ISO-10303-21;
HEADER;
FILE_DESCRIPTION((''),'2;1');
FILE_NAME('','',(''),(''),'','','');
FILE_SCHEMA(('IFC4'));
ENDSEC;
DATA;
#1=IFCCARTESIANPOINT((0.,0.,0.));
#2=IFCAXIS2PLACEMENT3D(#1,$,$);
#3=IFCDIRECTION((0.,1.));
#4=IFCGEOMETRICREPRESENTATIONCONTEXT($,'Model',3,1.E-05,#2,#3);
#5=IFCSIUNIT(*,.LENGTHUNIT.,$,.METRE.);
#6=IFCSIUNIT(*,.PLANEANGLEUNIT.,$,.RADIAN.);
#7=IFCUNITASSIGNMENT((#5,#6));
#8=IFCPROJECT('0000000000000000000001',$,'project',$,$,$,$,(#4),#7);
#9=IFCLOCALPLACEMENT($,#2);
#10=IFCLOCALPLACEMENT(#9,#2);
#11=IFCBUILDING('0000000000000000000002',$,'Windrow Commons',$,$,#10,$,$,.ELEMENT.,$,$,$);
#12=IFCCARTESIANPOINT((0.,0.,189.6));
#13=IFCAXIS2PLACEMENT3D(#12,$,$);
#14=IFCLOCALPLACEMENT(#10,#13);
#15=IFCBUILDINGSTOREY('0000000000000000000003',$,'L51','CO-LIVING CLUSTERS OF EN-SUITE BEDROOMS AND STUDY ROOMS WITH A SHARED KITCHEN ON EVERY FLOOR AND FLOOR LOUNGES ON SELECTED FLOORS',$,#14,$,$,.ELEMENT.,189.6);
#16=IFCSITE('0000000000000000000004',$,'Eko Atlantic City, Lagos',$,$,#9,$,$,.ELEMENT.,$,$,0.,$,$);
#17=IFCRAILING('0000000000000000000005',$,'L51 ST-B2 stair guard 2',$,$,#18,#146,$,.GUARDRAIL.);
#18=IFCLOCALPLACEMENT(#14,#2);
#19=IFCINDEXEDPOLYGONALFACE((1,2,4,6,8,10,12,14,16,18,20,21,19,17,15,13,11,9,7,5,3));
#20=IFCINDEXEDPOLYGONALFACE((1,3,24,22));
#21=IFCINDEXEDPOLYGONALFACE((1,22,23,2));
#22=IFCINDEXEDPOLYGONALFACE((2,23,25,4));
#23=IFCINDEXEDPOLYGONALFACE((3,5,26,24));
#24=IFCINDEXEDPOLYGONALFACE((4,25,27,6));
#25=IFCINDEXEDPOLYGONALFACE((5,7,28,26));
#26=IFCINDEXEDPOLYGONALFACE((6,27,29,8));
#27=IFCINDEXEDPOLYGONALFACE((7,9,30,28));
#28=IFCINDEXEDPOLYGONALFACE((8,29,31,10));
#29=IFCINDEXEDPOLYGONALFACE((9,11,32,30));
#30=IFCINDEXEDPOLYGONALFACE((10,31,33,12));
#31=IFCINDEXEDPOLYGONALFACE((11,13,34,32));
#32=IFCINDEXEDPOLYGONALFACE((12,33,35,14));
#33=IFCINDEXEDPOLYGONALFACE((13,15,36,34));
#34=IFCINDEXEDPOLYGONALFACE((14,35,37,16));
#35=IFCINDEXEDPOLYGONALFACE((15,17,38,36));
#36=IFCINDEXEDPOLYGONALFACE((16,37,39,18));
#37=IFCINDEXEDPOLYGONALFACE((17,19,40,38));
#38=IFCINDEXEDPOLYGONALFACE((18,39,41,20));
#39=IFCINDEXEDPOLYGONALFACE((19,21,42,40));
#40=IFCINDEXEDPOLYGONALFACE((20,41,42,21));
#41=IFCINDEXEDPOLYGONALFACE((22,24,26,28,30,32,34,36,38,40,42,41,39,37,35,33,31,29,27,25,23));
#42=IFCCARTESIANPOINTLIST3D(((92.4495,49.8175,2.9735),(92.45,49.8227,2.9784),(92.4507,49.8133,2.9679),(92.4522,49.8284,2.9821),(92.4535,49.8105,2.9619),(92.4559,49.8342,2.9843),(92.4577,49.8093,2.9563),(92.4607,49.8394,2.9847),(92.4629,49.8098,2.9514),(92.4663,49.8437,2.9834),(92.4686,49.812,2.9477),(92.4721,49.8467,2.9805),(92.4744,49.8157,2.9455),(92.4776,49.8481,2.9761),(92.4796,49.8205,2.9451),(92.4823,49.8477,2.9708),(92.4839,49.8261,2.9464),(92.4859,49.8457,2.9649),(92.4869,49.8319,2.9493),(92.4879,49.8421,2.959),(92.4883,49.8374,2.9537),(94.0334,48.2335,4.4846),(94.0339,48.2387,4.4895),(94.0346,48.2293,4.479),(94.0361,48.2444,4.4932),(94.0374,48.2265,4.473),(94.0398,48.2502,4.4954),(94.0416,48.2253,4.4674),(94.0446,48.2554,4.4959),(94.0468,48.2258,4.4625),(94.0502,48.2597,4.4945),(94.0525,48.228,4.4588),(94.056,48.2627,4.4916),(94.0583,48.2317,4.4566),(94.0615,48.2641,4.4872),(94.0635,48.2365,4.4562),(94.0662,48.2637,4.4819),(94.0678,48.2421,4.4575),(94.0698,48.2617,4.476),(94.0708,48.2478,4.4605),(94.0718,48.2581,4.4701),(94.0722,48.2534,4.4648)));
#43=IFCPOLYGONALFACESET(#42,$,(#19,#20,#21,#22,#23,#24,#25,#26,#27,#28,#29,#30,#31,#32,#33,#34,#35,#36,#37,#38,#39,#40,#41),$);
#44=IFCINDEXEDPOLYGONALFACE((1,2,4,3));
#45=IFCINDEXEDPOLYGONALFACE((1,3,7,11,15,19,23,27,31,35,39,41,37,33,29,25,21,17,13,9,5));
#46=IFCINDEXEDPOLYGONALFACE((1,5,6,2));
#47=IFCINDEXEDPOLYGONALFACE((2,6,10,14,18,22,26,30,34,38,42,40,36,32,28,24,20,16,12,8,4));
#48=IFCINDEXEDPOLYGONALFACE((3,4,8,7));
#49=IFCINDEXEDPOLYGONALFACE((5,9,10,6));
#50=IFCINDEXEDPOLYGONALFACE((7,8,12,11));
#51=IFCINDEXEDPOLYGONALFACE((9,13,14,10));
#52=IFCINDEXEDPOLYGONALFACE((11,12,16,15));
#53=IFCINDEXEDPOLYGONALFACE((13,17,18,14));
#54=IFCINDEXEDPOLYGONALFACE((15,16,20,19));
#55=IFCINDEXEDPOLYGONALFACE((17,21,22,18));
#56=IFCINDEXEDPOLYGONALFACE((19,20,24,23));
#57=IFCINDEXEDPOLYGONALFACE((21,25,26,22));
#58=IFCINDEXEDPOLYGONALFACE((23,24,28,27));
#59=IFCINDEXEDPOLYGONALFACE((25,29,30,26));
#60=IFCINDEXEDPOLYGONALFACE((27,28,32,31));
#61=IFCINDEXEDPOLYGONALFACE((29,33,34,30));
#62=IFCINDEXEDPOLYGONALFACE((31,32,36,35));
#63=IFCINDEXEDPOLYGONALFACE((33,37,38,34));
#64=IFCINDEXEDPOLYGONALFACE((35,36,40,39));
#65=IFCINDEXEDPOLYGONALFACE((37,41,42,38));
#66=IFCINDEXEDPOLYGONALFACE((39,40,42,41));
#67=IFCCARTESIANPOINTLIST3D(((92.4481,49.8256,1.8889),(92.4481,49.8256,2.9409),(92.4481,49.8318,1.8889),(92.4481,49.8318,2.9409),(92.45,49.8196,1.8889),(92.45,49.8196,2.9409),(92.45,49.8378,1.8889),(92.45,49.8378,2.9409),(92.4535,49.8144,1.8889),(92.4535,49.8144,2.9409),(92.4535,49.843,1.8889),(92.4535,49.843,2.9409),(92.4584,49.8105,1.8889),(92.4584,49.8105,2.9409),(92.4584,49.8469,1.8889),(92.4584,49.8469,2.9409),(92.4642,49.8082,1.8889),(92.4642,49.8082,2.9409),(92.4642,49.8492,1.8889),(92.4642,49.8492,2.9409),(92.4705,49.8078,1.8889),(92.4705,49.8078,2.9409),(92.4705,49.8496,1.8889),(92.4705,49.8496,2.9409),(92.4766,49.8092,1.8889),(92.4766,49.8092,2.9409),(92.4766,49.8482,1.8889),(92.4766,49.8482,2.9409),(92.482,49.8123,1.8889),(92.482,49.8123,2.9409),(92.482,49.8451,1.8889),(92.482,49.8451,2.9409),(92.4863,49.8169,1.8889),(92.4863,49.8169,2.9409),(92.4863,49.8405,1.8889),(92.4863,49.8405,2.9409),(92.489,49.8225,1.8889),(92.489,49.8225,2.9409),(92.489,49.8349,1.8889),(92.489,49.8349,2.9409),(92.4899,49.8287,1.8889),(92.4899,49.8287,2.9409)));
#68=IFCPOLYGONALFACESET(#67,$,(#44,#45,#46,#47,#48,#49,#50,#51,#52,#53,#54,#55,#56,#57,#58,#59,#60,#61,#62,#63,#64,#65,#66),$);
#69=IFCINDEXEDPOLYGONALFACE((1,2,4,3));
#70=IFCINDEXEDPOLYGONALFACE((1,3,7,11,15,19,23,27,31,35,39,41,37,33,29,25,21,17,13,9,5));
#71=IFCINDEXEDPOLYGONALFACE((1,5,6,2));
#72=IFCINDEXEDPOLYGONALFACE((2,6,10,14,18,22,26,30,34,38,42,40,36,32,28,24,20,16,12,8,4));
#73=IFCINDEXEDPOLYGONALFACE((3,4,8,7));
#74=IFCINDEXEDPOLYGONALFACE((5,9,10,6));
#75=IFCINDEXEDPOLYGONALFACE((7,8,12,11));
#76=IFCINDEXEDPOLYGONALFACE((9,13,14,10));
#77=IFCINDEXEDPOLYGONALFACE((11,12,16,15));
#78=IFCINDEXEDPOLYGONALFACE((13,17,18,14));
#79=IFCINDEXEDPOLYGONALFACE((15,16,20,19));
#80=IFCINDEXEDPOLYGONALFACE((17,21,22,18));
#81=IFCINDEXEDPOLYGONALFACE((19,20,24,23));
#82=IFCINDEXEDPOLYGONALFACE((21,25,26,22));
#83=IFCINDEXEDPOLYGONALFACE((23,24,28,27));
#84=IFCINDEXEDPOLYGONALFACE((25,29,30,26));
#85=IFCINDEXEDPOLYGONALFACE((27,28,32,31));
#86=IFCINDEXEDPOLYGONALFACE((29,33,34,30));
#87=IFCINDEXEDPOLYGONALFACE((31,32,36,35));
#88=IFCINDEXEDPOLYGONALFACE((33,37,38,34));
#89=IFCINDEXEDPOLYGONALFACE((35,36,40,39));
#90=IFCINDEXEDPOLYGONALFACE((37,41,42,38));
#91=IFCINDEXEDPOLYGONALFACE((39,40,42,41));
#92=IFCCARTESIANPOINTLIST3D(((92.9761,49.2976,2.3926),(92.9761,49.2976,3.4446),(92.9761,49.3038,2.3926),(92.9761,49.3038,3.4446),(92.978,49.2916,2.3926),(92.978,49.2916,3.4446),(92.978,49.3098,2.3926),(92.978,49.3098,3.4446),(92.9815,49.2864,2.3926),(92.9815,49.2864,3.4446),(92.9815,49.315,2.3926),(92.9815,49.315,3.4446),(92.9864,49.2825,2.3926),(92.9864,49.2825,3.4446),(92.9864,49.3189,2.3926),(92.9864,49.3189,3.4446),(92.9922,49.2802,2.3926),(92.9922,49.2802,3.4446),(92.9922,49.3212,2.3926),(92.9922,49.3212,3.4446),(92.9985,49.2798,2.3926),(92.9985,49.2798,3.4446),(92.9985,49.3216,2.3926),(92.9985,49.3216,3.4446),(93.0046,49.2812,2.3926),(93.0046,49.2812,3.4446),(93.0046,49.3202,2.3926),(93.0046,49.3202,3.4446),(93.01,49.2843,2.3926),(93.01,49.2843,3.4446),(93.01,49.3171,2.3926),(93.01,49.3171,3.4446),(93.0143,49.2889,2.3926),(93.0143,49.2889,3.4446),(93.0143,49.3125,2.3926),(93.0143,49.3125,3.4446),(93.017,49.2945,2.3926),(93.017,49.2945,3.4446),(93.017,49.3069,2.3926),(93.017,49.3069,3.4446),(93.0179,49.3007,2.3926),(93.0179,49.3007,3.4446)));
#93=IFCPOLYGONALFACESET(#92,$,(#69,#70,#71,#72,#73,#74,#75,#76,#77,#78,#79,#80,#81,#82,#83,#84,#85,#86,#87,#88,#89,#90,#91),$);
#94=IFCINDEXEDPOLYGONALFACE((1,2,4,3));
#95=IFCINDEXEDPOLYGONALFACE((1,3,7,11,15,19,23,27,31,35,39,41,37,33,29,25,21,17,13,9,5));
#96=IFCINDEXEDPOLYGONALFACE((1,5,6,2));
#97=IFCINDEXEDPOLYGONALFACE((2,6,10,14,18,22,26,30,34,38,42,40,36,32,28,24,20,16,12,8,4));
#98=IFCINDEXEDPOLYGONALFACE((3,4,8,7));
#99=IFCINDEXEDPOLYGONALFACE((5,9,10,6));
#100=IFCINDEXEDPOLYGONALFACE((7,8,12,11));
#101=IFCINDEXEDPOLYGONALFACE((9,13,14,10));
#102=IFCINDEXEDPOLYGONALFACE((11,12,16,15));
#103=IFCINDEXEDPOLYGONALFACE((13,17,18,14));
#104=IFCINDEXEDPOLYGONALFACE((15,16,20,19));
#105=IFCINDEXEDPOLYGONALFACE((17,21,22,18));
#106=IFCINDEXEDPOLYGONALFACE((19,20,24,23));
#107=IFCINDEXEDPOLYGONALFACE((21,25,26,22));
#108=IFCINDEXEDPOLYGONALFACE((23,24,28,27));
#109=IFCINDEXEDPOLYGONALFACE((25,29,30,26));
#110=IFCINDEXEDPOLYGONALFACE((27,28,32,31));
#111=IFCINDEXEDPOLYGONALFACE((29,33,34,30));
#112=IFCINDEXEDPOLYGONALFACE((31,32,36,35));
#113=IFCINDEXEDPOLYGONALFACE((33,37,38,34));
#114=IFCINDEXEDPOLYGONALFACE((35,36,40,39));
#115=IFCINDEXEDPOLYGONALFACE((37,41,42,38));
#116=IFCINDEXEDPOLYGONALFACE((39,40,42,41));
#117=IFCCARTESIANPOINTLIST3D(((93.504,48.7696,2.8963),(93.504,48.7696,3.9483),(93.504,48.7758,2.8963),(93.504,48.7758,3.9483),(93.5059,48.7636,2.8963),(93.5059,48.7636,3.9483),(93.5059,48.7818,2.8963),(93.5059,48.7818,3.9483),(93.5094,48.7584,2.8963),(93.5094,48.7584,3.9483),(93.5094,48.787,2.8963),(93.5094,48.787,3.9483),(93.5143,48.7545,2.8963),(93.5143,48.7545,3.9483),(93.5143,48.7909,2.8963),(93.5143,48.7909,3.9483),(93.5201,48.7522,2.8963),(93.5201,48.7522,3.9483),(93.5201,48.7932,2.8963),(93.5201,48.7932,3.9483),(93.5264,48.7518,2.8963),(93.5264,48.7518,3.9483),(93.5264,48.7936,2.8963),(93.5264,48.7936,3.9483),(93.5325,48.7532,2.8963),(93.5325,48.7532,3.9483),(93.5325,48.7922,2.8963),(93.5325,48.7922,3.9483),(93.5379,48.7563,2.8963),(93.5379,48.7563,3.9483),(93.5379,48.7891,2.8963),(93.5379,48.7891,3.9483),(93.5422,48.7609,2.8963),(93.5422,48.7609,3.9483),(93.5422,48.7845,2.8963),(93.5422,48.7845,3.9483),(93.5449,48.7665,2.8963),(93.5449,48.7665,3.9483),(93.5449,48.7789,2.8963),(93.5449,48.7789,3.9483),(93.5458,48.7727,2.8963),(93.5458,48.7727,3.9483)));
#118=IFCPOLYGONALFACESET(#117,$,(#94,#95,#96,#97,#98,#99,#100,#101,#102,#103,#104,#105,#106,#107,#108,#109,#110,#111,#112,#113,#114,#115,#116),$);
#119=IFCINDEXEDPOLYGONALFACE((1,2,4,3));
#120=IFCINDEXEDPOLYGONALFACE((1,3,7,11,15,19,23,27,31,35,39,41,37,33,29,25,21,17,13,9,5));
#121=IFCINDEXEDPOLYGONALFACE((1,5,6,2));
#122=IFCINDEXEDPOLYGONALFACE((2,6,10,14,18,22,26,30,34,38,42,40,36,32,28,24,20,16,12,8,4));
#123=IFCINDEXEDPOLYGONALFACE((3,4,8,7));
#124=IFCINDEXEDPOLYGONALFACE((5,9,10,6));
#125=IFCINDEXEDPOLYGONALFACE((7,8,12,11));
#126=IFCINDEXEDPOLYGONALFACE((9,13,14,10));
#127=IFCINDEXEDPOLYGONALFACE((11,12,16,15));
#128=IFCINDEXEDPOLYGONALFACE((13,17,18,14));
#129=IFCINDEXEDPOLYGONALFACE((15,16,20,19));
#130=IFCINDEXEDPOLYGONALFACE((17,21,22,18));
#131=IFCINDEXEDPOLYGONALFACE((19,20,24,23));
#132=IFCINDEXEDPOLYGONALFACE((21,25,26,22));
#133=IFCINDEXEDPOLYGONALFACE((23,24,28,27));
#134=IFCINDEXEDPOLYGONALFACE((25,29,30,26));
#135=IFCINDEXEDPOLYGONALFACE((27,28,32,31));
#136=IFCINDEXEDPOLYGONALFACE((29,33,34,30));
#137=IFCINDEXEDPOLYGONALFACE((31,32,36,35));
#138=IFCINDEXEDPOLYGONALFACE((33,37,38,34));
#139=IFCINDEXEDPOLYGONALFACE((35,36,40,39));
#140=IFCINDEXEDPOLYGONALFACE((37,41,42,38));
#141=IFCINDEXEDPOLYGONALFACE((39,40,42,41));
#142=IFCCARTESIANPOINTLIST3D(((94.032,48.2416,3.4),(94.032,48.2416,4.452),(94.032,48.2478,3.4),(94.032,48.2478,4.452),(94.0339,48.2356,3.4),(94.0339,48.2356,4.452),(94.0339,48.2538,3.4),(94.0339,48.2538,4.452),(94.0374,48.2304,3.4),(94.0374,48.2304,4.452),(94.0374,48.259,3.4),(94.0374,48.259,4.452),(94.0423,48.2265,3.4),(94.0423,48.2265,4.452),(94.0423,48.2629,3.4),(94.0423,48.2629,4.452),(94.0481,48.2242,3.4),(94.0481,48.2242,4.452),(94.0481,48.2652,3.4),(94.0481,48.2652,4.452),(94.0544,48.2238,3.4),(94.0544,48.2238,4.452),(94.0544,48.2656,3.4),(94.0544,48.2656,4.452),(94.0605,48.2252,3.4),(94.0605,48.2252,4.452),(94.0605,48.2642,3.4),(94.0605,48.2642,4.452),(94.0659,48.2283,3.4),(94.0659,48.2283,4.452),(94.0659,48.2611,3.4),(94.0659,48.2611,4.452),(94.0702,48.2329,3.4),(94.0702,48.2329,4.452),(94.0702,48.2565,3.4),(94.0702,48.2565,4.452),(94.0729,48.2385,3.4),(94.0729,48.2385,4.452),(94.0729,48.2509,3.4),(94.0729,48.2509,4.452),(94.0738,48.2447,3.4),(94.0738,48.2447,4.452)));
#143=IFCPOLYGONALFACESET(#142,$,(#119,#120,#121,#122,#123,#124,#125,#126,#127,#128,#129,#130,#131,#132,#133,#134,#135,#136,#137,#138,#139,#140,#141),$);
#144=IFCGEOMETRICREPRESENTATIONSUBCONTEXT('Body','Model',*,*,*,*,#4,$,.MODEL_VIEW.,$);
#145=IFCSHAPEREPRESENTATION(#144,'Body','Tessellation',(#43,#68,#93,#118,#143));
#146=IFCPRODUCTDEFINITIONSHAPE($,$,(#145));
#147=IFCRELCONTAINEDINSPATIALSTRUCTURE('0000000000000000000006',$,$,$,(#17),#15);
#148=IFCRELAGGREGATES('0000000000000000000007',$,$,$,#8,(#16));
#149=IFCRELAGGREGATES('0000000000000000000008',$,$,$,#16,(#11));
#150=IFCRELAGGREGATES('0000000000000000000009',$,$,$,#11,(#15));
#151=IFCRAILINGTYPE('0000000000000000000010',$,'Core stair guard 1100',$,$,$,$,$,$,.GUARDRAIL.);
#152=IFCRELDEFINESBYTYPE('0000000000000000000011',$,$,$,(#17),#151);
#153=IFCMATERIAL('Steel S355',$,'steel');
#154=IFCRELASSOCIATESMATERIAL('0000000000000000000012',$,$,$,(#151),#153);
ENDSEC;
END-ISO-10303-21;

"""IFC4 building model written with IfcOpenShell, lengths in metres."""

from ifc_helpers import new_model, si_unit, direction, frame, origin, origin_2d, place, context, subcontext, project, spatial, circle, extrude, material, type_object, element, save


model = new_model("IFC4")

# Units and contexts
model_context = context("Model", 3, precision=1e-05, world=origin(), true_north=direction((0.0, 1.0)))
body_context = subcontext(model_context, "Body", "Model", "MODEL_VIEW")
ifc_project = project(units=[si_unit("LENGTHUNIT", "METRE"), si_unit("PLANEANGLEUNIT", "RADIAN")], contexts=[model_context])

# Site, building, storey
site_placement = place(None, origin())
site = spatial("IfcSite", under=ifc_project, at=site_placement, Name="Eko Atlantic City, Lagos", CompositionType="ELEMENT", RefElevation=0.0)
building_placement = place(site_placement, origin())
building = spatial("IfcBuilding", under=site, at=building_placement, Name="Windrow Commons", CompositionType="ELEMENT")
storey_placement = place(building_placement, frame((0.0, 0.0, 189.6)))
storey = spatial("IfcBuildingStorey", under=building, at=storey_placement, Name="L51", Description="CO-LIVING CLUSTERS OF EN-SUITE BEDROOMS AND STUDY ROOMS WITH A SHARED KITCHEN ON EVERY FLOOR AND FLOOR LOUNGES ON SELECTED FLOORS", CompositionType="ELEMENT", Elevation=189.6)

# Railing
ifc_material_1 = material(Name="Steel S355", Category="steel")
railing_type_1 = type_object("IfcRailingType", Name="Core stair guard 1100", PredefinedType="GUARDRAIL", material=ifc_material_1)
railing_1_placement = place(storey_placement, frame((92.4689, 49.8287, 1.8889)))
element("IfcRailing", 1, at=railing_1_placement, inside=storey, type_object=railing_type_1, Name="L51 ST-B2 stair guard 2", PredefinedType="GUARDRAIL", context=body_context, shape_type="SweptSolid", body=[
    extrude(circle(Radius=0.024, at=origin_2d()), frame((0.0, 0.0, 1.076), z_axis=(0.586179, -0.586216, 0.559237), x_axis=(0.707129, 0.707084, 0.0)), (0.0, 0.0, 1.0), 2.7021),
    extrude(circle(Radius=0.021, at=origin_2d()), origin(), (0.0, 0.0, 1.0), 1.052),
    extrude(circle(Radius=0.021, at=origin_2d()), frame((0.528, -0.528, 0.5037)), (0.0, 0.0, 1.0), 1.052),
    extrude(circle(Radius=0.021, at=origin_2d()), frame((1.0559, -1.056, 1.0074)), (0.0, 0.0, 1.0), 1.052),
    extrude(circle(Radius=0.021, at=origin_2d()), frame((1.5839, -1.584, 1.5111)), (0.0, 0.0, 1.0), 1.052),
])

save(model, "model.ifc")
